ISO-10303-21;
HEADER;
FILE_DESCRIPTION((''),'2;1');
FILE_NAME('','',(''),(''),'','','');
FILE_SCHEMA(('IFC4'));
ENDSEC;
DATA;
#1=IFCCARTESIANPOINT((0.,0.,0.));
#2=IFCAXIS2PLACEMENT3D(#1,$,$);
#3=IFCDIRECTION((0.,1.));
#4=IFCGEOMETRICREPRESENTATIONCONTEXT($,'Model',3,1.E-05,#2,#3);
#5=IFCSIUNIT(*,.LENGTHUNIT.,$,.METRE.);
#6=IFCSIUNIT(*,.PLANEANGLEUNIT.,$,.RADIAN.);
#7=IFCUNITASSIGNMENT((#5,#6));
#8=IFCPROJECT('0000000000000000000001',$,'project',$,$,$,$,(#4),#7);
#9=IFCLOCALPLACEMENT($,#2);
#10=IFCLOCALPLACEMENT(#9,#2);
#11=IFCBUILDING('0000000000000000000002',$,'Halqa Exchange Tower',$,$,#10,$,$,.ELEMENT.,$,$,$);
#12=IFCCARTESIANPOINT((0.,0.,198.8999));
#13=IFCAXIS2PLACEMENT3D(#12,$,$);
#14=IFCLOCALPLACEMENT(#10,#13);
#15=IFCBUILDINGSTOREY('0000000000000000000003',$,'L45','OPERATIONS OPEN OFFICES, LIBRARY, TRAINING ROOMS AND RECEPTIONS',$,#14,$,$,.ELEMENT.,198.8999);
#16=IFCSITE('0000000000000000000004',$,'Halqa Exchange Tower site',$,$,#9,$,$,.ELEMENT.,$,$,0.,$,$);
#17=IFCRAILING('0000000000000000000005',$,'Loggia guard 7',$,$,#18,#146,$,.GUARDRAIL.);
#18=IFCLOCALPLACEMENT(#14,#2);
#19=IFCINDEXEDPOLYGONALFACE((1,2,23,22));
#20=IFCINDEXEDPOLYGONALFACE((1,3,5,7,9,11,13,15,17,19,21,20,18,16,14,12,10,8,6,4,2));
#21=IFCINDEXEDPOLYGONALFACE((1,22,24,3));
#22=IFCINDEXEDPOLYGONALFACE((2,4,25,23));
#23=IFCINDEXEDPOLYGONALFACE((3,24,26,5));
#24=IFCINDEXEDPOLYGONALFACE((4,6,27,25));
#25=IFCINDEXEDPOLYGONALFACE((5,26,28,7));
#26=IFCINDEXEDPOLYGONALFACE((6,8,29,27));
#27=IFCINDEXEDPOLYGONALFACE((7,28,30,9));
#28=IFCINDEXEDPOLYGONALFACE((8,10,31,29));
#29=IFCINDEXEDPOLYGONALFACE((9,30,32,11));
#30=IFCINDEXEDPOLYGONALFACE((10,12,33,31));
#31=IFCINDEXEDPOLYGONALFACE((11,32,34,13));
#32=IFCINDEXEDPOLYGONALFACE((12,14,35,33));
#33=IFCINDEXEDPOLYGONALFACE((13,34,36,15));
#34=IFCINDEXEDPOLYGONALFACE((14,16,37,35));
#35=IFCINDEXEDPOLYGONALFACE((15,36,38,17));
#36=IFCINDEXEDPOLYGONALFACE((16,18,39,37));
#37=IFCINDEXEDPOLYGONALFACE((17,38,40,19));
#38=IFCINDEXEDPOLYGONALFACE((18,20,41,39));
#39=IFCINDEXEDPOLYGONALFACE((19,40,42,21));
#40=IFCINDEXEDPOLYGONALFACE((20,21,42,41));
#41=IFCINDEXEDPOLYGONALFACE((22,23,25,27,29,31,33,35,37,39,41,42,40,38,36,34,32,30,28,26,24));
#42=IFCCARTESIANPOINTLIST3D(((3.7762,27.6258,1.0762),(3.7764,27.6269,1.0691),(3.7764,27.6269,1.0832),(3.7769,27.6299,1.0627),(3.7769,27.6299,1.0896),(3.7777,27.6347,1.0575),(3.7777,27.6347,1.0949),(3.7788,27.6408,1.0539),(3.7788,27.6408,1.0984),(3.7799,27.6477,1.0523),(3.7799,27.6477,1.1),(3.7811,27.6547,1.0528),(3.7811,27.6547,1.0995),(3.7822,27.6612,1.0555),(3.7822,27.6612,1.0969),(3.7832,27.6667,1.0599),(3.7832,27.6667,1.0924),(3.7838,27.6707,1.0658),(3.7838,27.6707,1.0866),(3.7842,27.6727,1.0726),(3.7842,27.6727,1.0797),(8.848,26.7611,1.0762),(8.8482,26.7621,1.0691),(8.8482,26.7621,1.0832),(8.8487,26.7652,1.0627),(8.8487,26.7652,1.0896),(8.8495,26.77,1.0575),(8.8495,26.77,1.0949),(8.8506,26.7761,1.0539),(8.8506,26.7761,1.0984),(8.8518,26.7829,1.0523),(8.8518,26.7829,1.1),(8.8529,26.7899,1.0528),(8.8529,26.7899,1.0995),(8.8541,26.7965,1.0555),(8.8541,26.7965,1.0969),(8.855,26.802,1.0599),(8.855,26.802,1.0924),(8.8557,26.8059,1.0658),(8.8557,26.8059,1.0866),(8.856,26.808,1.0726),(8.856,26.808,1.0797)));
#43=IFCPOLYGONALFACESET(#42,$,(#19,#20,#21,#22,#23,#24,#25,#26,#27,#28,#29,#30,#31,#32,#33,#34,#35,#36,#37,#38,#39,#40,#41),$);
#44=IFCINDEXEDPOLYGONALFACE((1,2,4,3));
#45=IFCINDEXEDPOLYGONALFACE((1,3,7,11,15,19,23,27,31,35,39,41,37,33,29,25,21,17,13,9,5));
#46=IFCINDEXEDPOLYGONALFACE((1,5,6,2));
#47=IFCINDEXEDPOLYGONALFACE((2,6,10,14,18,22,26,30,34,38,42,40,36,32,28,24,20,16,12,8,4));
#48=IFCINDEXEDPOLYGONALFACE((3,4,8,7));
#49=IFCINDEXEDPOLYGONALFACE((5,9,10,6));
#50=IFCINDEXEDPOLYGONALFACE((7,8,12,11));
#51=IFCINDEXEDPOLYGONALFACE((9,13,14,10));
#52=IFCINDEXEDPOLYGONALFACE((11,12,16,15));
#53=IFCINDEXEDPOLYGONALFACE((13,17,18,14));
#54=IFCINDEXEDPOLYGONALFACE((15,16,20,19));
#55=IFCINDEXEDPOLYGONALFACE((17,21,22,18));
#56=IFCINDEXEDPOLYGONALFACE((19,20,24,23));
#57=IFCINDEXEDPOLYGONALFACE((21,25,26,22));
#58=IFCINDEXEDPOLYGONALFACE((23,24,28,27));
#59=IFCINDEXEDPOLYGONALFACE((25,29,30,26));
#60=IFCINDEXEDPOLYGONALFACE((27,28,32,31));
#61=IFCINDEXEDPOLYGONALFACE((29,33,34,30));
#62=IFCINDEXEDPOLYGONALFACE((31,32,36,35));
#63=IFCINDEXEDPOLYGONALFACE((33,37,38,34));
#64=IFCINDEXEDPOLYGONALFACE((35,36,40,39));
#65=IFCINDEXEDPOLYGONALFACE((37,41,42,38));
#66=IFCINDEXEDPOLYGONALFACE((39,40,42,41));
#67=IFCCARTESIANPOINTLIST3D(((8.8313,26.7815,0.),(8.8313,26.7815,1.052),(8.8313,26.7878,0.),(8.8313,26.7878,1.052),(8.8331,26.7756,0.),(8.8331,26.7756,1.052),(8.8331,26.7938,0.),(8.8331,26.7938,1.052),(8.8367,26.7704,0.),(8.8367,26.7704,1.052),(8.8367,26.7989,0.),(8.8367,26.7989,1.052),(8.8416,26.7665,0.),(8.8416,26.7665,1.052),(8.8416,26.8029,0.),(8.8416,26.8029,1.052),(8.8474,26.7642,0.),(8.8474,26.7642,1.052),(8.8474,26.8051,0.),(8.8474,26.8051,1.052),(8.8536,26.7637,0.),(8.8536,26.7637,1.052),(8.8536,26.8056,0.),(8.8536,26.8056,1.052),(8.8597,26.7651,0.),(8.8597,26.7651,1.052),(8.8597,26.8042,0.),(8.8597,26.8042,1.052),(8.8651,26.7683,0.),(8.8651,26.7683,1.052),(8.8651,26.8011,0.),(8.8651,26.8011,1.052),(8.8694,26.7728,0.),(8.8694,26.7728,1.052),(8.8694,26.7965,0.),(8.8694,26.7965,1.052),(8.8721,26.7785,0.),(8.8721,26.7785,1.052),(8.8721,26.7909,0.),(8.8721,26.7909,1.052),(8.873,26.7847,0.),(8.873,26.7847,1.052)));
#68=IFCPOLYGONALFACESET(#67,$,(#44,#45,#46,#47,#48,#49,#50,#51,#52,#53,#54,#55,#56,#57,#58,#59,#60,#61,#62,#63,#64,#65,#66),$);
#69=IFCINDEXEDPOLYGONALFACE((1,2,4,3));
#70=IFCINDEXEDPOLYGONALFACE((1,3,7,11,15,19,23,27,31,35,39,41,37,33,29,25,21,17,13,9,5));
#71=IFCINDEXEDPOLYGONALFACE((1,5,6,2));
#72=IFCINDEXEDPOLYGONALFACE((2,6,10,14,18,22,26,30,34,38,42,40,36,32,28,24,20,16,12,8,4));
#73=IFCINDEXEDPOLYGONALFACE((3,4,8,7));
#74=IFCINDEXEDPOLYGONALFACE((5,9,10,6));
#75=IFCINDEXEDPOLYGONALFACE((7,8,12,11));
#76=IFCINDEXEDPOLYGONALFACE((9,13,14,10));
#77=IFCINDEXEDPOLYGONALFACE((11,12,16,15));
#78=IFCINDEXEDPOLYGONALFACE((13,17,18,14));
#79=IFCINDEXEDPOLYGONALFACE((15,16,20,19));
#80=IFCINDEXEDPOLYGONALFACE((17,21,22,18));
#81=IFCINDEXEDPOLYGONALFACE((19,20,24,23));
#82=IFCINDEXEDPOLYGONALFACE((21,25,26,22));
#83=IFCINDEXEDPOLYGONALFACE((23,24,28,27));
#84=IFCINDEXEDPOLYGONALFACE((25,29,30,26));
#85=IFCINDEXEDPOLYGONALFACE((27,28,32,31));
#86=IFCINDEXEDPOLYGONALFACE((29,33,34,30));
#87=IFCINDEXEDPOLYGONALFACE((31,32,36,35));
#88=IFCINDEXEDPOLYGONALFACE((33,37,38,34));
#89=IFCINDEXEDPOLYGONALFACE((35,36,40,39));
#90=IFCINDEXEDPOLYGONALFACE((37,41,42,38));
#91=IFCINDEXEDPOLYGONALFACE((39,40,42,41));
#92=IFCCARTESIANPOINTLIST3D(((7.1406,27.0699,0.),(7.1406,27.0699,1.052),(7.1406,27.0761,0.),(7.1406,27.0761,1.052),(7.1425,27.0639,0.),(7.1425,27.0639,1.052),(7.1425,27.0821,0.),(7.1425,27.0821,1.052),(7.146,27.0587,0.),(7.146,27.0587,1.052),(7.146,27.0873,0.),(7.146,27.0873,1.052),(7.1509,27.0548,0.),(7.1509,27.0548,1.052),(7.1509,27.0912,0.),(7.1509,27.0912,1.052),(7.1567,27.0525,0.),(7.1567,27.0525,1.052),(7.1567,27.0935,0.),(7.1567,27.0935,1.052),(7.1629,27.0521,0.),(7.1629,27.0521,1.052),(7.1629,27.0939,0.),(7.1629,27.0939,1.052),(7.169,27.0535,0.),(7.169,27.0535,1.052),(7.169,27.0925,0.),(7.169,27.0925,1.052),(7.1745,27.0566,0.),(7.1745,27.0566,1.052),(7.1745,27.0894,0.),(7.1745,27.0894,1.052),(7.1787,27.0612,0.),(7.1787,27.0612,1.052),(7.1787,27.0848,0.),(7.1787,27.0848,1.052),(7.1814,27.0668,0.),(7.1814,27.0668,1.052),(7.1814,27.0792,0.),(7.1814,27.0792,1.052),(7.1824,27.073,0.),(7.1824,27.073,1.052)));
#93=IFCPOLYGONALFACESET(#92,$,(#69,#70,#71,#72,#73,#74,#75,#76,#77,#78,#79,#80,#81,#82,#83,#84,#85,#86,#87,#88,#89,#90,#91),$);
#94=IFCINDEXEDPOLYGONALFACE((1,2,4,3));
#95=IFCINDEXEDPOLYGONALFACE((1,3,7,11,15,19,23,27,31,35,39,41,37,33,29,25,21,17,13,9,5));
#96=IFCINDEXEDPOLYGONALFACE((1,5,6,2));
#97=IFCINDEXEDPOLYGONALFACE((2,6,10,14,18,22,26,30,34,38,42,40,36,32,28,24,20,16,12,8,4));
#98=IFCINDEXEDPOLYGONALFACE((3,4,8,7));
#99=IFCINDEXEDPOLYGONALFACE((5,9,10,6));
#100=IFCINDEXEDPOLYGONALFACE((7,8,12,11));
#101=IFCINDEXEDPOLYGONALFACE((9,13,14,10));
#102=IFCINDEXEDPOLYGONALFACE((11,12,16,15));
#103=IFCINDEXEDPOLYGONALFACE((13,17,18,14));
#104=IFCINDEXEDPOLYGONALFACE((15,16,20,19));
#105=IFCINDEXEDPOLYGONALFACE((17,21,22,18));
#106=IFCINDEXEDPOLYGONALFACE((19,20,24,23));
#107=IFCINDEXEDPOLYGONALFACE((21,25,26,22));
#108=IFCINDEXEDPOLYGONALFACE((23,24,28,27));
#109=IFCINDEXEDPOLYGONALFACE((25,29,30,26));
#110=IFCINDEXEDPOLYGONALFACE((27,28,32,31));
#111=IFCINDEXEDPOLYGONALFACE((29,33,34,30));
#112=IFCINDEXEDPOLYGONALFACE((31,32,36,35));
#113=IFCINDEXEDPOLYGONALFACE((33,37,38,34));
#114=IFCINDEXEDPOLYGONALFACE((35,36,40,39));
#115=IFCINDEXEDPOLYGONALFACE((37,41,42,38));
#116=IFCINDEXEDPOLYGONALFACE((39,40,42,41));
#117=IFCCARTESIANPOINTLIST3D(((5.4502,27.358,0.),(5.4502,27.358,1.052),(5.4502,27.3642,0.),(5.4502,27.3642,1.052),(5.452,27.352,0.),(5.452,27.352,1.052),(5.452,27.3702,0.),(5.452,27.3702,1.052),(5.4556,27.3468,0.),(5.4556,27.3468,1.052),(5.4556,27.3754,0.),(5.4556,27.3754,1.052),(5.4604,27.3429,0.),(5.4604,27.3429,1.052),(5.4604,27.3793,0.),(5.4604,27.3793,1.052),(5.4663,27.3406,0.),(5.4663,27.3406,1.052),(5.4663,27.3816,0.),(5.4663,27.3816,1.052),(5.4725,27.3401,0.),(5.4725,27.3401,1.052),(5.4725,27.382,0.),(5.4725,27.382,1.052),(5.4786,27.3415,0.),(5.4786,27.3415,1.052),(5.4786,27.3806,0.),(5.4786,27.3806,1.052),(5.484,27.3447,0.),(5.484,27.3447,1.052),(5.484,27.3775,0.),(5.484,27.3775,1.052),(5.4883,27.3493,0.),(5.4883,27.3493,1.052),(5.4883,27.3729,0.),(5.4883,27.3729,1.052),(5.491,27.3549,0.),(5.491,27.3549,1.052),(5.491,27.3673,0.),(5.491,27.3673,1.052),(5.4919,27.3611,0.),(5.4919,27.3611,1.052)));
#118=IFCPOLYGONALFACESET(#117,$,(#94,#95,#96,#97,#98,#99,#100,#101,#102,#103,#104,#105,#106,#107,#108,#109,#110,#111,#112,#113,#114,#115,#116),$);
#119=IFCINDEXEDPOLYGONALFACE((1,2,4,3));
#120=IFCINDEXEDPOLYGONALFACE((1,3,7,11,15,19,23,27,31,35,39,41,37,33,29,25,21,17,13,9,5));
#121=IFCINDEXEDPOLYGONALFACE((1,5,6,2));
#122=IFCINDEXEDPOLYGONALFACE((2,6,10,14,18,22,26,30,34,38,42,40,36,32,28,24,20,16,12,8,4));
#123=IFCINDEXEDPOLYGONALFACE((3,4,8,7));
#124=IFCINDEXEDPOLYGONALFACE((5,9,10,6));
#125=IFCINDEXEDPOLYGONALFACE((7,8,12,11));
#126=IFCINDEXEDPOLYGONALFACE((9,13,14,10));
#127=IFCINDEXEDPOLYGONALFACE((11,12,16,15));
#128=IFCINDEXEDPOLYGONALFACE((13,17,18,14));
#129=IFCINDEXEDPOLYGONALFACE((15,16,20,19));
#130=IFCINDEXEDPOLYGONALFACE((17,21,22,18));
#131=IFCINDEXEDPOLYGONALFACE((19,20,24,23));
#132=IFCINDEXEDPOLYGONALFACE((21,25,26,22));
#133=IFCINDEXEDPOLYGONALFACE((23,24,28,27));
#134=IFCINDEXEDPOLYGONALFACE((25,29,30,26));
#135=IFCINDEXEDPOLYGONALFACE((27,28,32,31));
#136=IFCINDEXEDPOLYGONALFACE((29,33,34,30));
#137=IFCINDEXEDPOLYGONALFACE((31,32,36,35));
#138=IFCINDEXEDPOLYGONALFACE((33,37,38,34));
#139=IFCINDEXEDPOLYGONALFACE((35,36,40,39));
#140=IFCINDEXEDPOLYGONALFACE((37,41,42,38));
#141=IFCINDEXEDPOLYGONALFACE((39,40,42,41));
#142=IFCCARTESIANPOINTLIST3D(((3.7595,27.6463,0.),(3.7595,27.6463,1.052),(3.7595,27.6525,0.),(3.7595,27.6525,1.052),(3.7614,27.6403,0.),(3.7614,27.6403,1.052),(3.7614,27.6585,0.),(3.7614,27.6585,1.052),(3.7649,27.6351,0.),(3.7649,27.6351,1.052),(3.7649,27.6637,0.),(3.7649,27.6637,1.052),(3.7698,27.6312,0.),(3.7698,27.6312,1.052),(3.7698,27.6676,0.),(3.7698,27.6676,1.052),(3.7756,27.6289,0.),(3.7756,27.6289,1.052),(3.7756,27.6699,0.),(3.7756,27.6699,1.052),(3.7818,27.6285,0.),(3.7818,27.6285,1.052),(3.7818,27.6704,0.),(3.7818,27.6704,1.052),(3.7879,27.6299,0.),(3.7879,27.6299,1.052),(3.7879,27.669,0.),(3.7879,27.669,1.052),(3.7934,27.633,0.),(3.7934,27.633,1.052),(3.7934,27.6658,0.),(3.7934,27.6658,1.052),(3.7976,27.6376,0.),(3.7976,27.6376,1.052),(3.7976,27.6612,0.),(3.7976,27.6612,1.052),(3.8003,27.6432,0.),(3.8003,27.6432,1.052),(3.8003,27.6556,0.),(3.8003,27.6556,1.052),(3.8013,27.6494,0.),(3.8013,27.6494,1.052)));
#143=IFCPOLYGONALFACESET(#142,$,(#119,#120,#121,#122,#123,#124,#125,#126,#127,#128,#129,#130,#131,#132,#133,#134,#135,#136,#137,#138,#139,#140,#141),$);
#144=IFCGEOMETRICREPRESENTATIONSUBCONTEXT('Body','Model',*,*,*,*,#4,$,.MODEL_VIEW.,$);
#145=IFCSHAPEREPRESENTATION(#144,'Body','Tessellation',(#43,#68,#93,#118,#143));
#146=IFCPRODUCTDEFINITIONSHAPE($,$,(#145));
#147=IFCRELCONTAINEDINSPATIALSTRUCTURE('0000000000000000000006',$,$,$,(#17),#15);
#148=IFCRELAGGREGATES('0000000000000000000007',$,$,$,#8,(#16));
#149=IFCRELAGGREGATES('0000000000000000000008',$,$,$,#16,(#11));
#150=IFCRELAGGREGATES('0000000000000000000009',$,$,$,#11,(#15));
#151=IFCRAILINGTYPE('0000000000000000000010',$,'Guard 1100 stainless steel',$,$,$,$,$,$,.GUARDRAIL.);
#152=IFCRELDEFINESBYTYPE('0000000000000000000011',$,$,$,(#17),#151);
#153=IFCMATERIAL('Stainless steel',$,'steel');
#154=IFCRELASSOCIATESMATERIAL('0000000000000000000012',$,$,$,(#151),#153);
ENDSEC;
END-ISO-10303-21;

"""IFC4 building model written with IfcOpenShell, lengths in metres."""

from ifc_helpers import new_model, si_unit, direction, frame, origin, origin_2d, place, context, subcontext, project, spatial, circle, extrude, material, type_object, element, save


model = new_model("IFC4")

# Units and contexts
model_context = context("Model", 3, precision=1e-05, world=origin(), true_north=direction((0.0, 1.0)))
body_context = subcontext(model_context, "Body", "Model", "MODEL_VIEW")
ifc_project = project(units=[si_unit("LENGTHUNIT", "METRE"), si_unit("PLANEANGLEUNIT", "RADIAN")], contexts=[model_context])

# Site, building, storey
site_placement = place(None, origin())
site = spatial("IfcSite", under=ifc_project, at=site_placement, Name="Halqa Exchange Tower site", CompositionType="ELEMENT", RefElevation=0.0)
building_placement = place(site_placement, origin())
building = spatial("IfcBuilding", under=site, at=building_placement, Name="Halqa Exchange Tower", CompositionType="ELEMENT")
storey_placement = place(building_placement, frame((0.0, 0.0, 198.8999)))
storey = spatial("IfcBuildingStorey", under=building, at=storey_placement, Name="L45", Description="OPERATIONS OPEN OFFICES, LIBRARY, TRAINING ROOMS AND RECEPTIONS", CompositionType="ELEMENT", Elevation=198.8999)

# Railing
ifc_material_1 = material(Name="Stainless steel", Category="steel")
railing_type_1 = type_object("IfcRailingType", Name="Guard 1100 stainless steel", PredefinedType="GUARDRAIL", material=ifc_material_1)
railing_1_placement = place(storey_placement, frame((8.8521, 26.7847, 0.0)))
element("IfcRailing", 1, at=railing_1_placement, inside=storey, type_object=railing_type_1, Name="Loggia guard 7", PredefinedType="GUARDRAIL", context=body_context, shape_type="SweptSolid", body=[
    extrude(circle(Radius=0.0239, at=origin_2d()), frame((0.0, 0.0, 1.0762), z_axis=(-0.985774, 0.168076, 0.0), x_axis=(-0.168076, -0.985774, 0.0)), (0.0, 0.0, 1.0), 5.145),
    extrude(circle(Radius=0.021, at=origin_2d()), origin(), (0.0, 0.0, 1.0), 1.052),
    extrude(circle(Radius=0.021, at=origin_2d()), frame((-1.6907, 0.2883, 0.0)), (0.0, 0.0, 1.0), 1.052),
    extrude(circle(Radius=0.021, at=origin_2d()), frame((-3.3811, 0.5764, 0.0)), (0.0, 0.0, 1.0), 1.052),
    extrude(circle(Radius=0.021, at=origin_2d()), frame((-5.0718, 0.8647, 0.0)), (0.0, 0.0, 1.0), 1.052),
])

save(model, "model.ifc")
